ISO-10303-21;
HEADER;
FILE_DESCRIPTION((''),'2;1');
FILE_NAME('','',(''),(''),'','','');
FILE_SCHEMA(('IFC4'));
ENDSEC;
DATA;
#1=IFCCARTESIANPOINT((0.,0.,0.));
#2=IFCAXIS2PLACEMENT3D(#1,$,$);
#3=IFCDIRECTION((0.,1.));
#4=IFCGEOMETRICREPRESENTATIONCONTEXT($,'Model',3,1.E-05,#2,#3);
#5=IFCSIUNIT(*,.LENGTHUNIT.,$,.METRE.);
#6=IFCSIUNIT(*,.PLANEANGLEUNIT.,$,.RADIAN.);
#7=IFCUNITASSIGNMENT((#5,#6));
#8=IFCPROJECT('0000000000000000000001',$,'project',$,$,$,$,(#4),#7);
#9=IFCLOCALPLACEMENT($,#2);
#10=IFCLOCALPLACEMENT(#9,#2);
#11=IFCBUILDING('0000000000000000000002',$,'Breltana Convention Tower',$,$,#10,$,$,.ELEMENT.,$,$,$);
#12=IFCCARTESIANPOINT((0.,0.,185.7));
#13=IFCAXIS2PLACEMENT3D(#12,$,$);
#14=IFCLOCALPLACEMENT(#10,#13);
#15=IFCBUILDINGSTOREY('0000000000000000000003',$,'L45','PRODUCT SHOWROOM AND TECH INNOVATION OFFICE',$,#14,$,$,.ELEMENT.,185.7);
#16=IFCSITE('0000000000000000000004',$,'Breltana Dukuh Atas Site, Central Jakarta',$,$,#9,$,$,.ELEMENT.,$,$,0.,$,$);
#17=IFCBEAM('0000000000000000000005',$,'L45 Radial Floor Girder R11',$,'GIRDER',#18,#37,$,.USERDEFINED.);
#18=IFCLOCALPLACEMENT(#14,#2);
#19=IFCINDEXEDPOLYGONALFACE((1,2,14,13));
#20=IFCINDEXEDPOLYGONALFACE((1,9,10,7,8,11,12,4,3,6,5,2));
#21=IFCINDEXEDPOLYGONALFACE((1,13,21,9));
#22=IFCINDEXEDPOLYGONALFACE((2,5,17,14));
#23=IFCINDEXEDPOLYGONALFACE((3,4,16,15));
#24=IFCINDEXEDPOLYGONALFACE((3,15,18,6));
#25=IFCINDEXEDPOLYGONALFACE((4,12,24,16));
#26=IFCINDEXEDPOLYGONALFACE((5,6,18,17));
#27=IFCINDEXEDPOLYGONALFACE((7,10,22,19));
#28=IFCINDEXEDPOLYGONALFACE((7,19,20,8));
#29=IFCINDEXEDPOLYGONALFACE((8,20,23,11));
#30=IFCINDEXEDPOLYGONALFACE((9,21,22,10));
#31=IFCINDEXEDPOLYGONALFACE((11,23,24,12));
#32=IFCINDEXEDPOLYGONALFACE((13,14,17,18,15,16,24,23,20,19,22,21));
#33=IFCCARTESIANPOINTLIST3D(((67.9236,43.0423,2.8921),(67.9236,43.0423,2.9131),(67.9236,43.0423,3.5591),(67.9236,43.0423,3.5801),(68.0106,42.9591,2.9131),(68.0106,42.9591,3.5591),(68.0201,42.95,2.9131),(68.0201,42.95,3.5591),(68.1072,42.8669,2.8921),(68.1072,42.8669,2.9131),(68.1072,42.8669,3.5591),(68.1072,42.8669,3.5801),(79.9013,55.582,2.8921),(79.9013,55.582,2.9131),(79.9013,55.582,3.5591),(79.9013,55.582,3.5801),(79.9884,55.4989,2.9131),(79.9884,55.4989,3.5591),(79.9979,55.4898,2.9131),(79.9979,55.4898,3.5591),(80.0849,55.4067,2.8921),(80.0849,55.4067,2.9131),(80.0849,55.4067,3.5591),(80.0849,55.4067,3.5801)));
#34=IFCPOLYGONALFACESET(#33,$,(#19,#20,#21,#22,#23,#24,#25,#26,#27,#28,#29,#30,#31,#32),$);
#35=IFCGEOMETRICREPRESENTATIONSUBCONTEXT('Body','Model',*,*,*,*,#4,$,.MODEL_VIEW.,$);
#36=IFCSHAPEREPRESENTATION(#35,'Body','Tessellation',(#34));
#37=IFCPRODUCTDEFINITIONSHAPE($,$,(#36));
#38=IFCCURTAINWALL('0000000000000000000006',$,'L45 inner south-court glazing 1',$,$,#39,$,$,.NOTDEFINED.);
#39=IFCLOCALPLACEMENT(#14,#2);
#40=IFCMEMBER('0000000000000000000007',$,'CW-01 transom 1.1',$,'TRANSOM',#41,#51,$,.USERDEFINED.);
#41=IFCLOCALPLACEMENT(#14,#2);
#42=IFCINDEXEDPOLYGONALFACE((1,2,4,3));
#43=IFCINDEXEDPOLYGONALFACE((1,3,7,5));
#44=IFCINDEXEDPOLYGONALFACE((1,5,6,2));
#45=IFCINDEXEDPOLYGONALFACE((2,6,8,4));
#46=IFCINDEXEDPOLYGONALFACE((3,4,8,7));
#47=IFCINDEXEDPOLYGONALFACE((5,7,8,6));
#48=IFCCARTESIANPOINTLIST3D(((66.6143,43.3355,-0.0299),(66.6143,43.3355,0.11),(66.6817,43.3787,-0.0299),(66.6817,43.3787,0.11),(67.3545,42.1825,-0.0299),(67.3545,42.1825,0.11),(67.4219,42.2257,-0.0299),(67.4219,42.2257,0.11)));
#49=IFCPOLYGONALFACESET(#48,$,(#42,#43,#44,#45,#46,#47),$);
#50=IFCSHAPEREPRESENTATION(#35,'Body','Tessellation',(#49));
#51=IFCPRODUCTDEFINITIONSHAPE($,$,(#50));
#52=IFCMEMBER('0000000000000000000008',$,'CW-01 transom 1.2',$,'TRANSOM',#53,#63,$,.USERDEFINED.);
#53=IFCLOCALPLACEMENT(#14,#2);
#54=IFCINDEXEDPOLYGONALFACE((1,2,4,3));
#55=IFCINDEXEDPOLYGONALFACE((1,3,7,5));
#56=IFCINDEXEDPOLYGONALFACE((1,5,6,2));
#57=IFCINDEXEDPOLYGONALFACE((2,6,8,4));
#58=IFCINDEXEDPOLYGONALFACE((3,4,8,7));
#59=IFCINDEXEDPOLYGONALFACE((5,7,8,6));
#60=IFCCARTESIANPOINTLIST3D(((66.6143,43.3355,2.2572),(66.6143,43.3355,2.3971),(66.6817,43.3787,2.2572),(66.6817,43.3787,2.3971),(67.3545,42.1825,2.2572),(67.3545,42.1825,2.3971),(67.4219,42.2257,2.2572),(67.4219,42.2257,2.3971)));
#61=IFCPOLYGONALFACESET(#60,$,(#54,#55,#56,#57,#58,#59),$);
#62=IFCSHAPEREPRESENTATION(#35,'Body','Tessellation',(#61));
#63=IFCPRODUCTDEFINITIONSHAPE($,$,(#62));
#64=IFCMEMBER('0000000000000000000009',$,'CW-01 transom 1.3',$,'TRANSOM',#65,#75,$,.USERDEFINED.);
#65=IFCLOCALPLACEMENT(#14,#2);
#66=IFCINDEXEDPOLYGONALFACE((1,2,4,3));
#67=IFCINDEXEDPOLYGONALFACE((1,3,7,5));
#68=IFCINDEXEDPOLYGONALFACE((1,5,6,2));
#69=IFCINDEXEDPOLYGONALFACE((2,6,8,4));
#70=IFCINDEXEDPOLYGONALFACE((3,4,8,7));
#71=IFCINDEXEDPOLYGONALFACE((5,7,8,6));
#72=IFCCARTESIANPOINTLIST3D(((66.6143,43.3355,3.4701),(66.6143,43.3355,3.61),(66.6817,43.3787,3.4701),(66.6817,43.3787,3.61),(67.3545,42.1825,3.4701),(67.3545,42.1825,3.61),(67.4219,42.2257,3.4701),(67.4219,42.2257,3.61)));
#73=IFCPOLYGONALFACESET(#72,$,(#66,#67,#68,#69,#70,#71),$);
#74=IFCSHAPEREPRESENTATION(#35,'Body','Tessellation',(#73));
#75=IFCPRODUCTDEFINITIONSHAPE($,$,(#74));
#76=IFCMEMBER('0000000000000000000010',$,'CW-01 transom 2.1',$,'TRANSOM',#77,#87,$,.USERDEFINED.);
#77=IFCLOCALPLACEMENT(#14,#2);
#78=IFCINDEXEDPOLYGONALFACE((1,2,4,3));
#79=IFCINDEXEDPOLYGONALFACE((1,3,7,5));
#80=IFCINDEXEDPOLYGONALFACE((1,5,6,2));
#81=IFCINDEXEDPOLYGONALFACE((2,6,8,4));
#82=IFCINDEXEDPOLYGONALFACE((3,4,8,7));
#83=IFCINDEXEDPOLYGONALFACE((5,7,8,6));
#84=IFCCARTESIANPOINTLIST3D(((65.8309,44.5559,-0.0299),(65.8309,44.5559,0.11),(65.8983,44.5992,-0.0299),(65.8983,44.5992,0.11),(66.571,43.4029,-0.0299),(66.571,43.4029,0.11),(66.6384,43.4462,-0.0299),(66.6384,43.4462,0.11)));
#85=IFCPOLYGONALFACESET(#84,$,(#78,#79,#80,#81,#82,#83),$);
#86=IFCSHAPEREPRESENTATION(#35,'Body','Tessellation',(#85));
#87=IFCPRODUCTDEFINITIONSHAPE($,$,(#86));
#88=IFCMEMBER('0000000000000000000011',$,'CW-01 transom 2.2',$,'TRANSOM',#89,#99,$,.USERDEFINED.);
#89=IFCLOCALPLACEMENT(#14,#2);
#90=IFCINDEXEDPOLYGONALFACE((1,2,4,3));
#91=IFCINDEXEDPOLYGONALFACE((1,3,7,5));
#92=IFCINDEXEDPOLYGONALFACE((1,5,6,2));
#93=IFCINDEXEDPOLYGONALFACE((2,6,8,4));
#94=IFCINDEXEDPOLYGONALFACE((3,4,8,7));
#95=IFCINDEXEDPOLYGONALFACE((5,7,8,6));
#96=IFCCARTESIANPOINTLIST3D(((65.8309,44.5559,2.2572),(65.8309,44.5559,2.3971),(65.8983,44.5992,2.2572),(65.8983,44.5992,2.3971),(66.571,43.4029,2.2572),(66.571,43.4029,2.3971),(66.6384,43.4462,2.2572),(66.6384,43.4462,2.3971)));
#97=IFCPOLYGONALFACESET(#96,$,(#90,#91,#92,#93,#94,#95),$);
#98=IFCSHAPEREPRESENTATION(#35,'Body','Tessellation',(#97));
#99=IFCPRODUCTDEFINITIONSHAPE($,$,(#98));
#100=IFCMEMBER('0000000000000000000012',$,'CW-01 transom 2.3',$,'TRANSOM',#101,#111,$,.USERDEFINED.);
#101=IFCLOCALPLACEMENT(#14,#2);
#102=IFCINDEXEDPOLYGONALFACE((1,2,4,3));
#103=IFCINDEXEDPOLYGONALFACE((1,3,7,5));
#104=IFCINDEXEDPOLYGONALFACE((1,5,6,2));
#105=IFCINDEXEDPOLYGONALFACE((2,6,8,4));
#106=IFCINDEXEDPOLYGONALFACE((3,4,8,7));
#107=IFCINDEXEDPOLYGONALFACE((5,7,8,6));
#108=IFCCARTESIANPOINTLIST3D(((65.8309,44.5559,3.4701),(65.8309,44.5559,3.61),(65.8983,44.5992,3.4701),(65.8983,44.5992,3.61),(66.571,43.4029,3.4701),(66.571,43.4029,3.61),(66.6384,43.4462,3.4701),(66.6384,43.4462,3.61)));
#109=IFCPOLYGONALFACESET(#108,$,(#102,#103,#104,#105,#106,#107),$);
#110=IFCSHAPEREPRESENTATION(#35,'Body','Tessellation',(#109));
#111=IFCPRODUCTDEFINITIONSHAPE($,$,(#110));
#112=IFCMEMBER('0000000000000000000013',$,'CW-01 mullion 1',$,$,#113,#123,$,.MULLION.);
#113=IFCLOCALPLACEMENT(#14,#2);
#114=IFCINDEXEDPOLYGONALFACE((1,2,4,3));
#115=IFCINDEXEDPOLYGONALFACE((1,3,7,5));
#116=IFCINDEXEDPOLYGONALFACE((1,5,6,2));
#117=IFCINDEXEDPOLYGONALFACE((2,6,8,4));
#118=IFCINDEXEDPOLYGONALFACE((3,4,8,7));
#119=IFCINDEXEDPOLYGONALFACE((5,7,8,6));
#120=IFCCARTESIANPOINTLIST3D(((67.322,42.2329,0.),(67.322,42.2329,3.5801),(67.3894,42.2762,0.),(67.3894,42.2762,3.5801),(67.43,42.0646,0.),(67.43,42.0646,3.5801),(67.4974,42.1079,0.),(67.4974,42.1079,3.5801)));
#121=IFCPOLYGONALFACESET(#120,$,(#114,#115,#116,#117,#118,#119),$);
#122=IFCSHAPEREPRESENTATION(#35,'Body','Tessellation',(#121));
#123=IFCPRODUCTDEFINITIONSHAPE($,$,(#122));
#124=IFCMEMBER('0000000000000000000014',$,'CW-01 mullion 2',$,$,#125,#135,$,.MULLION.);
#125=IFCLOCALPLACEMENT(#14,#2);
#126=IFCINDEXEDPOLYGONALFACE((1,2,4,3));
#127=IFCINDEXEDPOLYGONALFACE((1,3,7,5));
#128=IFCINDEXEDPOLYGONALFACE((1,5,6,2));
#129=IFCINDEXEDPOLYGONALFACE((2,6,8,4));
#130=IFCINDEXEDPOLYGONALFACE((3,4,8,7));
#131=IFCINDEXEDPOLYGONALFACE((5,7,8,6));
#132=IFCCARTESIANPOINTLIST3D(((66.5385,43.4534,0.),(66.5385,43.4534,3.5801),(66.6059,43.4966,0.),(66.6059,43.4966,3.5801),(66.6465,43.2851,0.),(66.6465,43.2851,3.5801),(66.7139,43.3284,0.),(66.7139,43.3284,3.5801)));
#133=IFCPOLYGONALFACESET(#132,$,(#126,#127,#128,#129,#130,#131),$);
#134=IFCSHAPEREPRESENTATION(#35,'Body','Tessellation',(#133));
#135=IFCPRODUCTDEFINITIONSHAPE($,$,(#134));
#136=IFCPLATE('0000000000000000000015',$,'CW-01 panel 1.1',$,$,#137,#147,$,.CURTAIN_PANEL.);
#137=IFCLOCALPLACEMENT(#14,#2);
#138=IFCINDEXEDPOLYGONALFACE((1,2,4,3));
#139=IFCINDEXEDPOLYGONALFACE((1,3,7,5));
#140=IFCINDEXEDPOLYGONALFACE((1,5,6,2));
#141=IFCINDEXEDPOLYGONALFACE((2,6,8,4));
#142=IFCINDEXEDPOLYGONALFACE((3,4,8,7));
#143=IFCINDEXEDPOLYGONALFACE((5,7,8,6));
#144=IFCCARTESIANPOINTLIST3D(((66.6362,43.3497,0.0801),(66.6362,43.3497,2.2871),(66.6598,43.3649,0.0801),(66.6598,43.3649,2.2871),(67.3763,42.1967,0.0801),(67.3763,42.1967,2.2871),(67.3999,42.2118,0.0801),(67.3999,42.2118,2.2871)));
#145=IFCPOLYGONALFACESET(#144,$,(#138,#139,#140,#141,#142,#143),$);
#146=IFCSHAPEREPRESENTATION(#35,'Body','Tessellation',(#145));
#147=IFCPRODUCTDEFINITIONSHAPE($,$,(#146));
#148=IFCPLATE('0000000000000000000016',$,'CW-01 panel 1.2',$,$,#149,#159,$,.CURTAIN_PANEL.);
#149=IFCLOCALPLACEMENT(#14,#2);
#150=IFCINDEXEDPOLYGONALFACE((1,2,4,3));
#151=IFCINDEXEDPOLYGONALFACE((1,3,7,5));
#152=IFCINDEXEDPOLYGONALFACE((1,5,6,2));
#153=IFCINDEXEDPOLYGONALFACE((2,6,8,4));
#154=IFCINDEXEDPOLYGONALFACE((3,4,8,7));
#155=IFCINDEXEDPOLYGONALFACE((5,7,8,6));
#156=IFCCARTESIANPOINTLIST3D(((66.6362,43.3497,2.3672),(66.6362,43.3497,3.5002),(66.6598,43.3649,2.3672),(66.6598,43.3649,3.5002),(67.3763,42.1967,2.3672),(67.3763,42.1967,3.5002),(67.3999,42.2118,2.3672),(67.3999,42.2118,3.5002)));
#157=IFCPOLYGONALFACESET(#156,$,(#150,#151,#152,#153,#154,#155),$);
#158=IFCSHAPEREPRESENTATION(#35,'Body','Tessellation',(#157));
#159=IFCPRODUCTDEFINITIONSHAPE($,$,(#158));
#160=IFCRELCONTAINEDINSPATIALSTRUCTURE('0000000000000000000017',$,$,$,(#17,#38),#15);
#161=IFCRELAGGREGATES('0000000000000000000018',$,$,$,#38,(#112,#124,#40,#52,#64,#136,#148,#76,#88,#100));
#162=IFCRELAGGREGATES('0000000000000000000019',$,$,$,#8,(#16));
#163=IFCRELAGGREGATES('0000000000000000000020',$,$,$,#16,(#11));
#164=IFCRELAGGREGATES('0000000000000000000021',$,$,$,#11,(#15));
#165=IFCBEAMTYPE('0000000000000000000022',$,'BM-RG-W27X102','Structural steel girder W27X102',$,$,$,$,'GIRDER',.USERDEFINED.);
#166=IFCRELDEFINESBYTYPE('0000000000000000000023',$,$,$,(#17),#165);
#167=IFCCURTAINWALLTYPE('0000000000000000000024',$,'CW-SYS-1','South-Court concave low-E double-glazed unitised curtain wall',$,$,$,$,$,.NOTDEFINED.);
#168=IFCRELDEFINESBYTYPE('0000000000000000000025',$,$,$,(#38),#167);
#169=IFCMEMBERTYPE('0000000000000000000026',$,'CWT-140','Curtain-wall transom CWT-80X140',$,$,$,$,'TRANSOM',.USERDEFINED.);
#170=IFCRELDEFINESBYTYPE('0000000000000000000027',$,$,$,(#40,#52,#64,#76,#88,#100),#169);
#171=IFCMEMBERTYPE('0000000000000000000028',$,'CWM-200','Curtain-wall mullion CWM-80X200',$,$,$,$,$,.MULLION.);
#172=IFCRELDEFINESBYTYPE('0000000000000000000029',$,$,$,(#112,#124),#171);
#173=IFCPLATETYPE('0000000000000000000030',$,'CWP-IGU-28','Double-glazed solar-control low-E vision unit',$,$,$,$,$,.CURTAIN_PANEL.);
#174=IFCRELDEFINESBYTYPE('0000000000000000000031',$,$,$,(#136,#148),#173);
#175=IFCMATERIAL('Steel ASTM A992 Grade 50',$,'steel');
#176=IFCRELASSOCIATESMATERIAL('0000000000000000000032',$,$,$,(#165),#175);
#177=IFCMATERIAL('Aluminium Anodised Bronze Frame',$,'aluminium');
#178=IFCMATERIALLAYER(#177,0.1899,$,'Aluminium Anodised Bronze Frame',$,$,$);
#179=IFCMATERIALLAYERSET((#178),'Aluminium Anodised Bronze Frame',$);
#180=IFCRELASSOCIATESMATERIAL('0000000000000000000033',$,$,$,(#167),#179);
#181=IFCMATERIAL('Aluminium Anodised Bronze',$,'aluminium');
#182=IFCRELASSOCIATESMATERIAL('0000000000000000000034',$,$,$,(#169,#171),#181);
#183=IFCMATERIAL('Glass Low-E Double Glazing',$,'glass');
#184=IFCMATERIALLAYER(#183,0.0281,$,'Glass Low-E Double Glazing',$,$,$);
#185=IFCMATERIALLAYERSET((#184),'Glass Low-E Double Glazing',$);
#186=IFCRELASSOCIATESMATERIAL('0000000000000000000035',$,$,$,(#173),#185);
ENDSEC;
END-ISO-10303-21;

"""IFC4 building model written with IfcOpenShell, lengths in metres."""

from ifc_helpers import new_model, si_unit, direction, frame, origin, origin_2d, place, context, subcontext, project, spatial, rectangle, i_section, extrude, source, transform, mapped, material, layer, layer_set, material_profile, profile_set, type_object, type_shapes, element, aggregate, save


model = new_model("IFC4")

# Units and contexts
model_context = context("Model", 3, precision=1e-05, world=origin(), true_north=direction((0.0, 1.0)))
body_context = subcontext(model_context, "Body", "Model", "MODEL_VIEW")
ifc_project = project(units=[si_unit("LENGTHUNIT", "METRE"), si_unit("PLANEANGLEUNIT", "RADIAN")], contexts=[model_context])

# Site, building, storey
site_placement = place(None, origin())
site = spatial("IfcSite", under=ifc_project, at=site_placement, Name="Breltana Dukuh Atas Site, Central Jakarta", CompositionType="ELEMENT", RefElevation=0.0)
building_placement = place(site_placement, origin())
building = spatial("IfcBuilding", under=site, at=building_placement, Name="Breltana Convention Tower", CompositionType="ELEMENT")
storey_placement = place(building_placement, frame((0.0, 0.0, 185.7)))
storey = spatial("IfcBuildingStorey", under=building, at=storey_placement, Name="L45", Description="PRODUCT SHOWROOM AND TECH INNOVATION OFFICE", CompositionType="ELEMENT", Elevation=185.7)

# Beam
ifc_material_1 = material(Name="Steel ASTM A992 Grade 50", Category="steel")
ifc_material_profile_1 = material_profile(ifc_material_1, i_section(OverallWidth=0.2539, OverallDepth=0.688, WebThickness=0.0132, FlangeThickness=0.021, at=origin_2d()), Name="W27X102")
ifc_profile_set_1 = profile_set([ifc_material_profile_1], Name="Steel ASTM A992 Grade 50")
beam_type = type_object("IfcBeamType", Name="BM-RG-W27X102", Description="Structural steel girder W27X102", ElementType="GIRDER", PredefinedType="USERDEFINED", material=ifc_profile_set_1)
shared_shape_1 = source(origin(), body_context, "Body", "SweptSolid", [
    extrude(i_section(OverallWidth=0.2539, OverallDepth=0.688, WebThickness=0.0132, FlangeThickness=0.021, at=origin_2d()), origin(), (0.0, 0.0, 1.0), 17.3411),
])
type_shapes(beam_type, [shared_shape_1])
beam_placement = place(storey_placement, frame((68.0154, 42.9546, 3.2361), z_axis=(0.690716, 0.723126, 0.0), x_axis=(-0.723126, 0.690716, 0.0)))
element("IfcBeam", 1, at=beam_placement, inside=storey, type_object=beam_type, Name="L45 Radial Floor Girder R11", ObjectType="GIRDER", PredefinedType="USERDEFINED", context=body_context, shape_type="MappedRepresentation", body=[
    mapped(shared_shape_1, transform((0.0, 0.0, 0.0), scale=1.0)),
])

# Curtain wall, members, plates
ifc_material_2 = material(Name="Aluminium Anodised Bronze Frame", Category="aluminium")
ifc_layer_1 = layer(ifc_material_2, 0.1899, Name="Aluminium Anodised Bronze Frame")
ifc_layer_set_1 = layer_set([ifc_layer_1], Name="Aluminium Anodised Bronze Frame")
curtain_wall_type = type_object("IfcCurtainWallType", Name="CW-SYS-1", Description="South-Court concave low-E double-glazed unitised curtain wall", PredefinedType="NOTDEFINED", material=ifc_layer_set_1)
curtain_wall_placement = place(storey_placement, origin())
curtain_wall = element("IfcCurtainWall", 2, at=curtain_wall_placement, inside=storey, type_object=curtain_wall_type, Name="L45 inner south-court glazing 1", PredefinedType="NOTDEFINED")
ifc_material_3 = material(Name="Aluminium Anodised Bronze", Category="aluminium")
ifc_material_profile_2 = material_profile(ifc_material_3, rectangle(XDim=0.0801, YDim=0.1399, at=origin_2d()), Name="CWT-80X140")
ifc_profile_set_2 = profile_set([ifc_material_profile_2], Name="Aluminium Anodised Bronze")
member_type_1 = type_object("IfcMemberType", Name="CWT-140", Description="Curtain-wall transom CWT-80X140", ElementType="TRANSOM", PredefinedType="USERDEFINED", material=ifc_profile_set_2)
shared_shape_2 = source(origin(), body_context, "Body", "SweptSolid", [
    extrude(rectangle(XDim=0.0801, YDim=0.1399, at=origin_2d()), origin(), (0.0, 0.0, 1.0), 1.3701),
])
member_1_placement = place(storey_placement, frame((67.3882, 42.2041, 0.04), z_axis=(-0.540226, 0.84152, 0.0), x_axis=(-0.84152, -0.540226, 0.0)))
member_1 = element("IfcMember", 3, at=member_1_placement, type_object=member_type_1, Name="CW-01 transom 1.1", ObjectType="TRANSOM", PredefinedType="USERDEFINED", context=body_context, shape_type="MappedRepresentation", body=[
    mapped(shared_shape_2, transform((0.0, 0.0, 0.0), scale=1.0)),
])
member_2_placement = place(storey_placement, frame((67.3882, 42.2041, 2.3271), z_axis=(-0.540226, 0.84152, 0.0), x_axis=(-0.84152, -0.540226, 0.0)))
member_2 = element("IfcMember", 4, at=member_2_placement, type_object=member_type_1, Name="CW-01 transom 1.2", ObjectType="TRANSOM", PredefinedType="USERDEFINED", context=body_context, shape_type="MappedRepresentation", body=[
    mapped(shared_shape_2, transform((0.0, 0.0, 0.0), scale=1.0)),
])
member_3_placement = place(storey_placement, frame((67.3882, 42.2041, 3.54), z_axis=(-0.540226, 0.84152, 0.0), x_axis=(-0.84152, -0.540226, 0.0)))
member_3 = element("IfcMember", 5, at=member_3_placement, type_object=member_type_1, Name="CW-01 transom 1.3", ObjectType="TRANSOM", PredefinedType="USERDEFINED", context=body_context, shape_type="MappedRepresentation", body=[
    mapped(shared_shape_2, transform((0.0, 0.0, 0.0), scale=1.0)),
])
member_4_placement = place(storey_placement, frame((66.6047, 43.4246, 0.04), z_axis=(-0.540226, 0.84152, 0.0), x_axis=(-0.84152, -0.540226, 0.0)))
member_4 = element("IfcMember", 6, at=member_4_placement, type_object=member_type_1, Name="CW-01 transom 2.1", ObjectType="TRANSOM", PredefinedType="USERDEFINED", context=body_context, shape_type="MappedRepresentation", body=[
    mapped(shared_shape_2, transform((0.0, 0.0, 0.0), scale=1.0)),
])
member_5_placement = place(storey_placement, frame((66.6047, 43.4246, 2.3271), z_axis=(-0.540226, 0.84152, 0.0), x_axis=(-0.84152, -0.540226, 0.0)))
member_5 = element("IfcMember", 7, at=member_5_placement, type_object=member_type_1, Name="CW-01 transom 2.2", ObjectType="TRANSOM", PredefinedType="USERDEFINED", context=body_context, shape_type="MappedRepresentation", body=[
    mapped(shared_shape_2, transform((0.0, 0.0, 0.0), scale=1.0)),
])
member_6_placement = place(storey_placement, frame((66.6047, 43.4246, 3.54), z_axis=(-0.540226, 0.84152, 0.0), x_axis=(-0.84152, -0.540226, 0.0)))
member_6 = element("IfcMember", 8, at=member_6_placement, type_object=member_type_1, Name="CW-01 transom 2.3", ObjectType="TRANSOM", PredefinedType="USERDEFINED", context=body_context, shape_type="MappedRepresentation", body=[
    mapped(shared_shape_2, transform((0.0, 0.0, 0.0), scale=1.0)),
])
ifc_material_profile_3 = material_profile(ifc_material_3, rectangle(XDim=0.0801, YDim=0.2, at=origin_2d()), Name="CWM-80X200")
ifc_profile_set_3 = profile_set([ifc_material_profile_3], Name="Aluminium Anodised Bronze")
member_type_2 = type_object("IfcMemberType", Name="CWM-200", Description="Curtain-wall mullion CWM-80X200", PredefinedType="MULLION", material=ifc_profile_set_3)
shared_shape_3 = source(origin(), body_context, "Body", "SweptSolid", [
    extrude(rectangle(XDim=0.0801, YDim=0.2, at=origin_2d()), origin(), (0.0, 0.0, 1.0), 3.5801),
])
member_7_placement = place(storey_placement, frame((67.4097, 42.1704, 0.0), z_axis=(0.0, 0.0, 1.0), x_axis=(-0.841547, -0.540184, 0.0)))
member_7 = element("IfcMember", 9, at=member_7_placement, type_object=member_type_2, Name="CW-01 mullion 1", PredefinedType="MULLION", context=body_context, shape_type="MappedRepresentation", body=[
    mapped(shared_shape_3, transform((0.0, 0.0, 0.0), scale=1.0)),
])
member_8_placement = place(storey_placement, frame((66.6262, 43.3909, 0.0), z_axis=(0.0, 0.0, 1.0), x_axis=(-0.841547, -0.540184, 0.0)))
member_8 = element("IfcMember", 10, at=member_8_placement, type_object=member_type_2, Name="CW-01 mullion 2", PredefinedType="MULLION", context=body_context, shape_type="MappedRepresentation", body=[
    mapped(shared_shape_3, transform((0.0, 0.0, 0.0), scale=1.0)),
])
ifc_material_4 = material(Name="Glass Low-E Double Glazing", Category="glass")
ifc_layer_2 = layer(ifc_material_4, 0.0281, Name="Glass Low-E Double Glazing")
ifc_layer_set_2 = layer_set([ifc_layer_2], Name="Glass Low-E Double Glazing")
plate_type = type_object("IfcPlateType", Name="CWP-IGU-28", Description="Double-glazed solar-control low-E vision unit", PredefinedType="CURTAIN_PANEL", material=ifc_layer_set_2)
shared_shape_4 = source(origin(), body_context, "Body", "SweptSolid", [
    extrude(rectangle(XDim=1.3701, YDim=0.0281, at=origin_2d()), origin(), (0.0, 0.0, 1.0), 2.207),
])
plate_1_placement = place(storey_placement, frame((67.0181, 42.7808, 0.0801), z_axis=(0.0, 0.0, 1.0), x_axis=(-0.540184, 0.841547, 0.0)))
plate_1 = element("IfcPlate", 11, at=plate_1_placement, type_object=plate_type, Name="CW-01 panel 1.1", PredefinedType="CURTAIN_PANEL", context=body_context, shape_type="MappedRepresentation", body=[
    mapped(shared_shape_4, transform((0.0, 0.0, 0.0), scale=1.0)),
])
shared_shape_5 = source(origin(), body_context, "Body", "SweptSolid", [
    extrude(rectangle(XDim=1.3701, YDim=0.0281, at=origin_2d()), origin(), (0.0, 0.0, 1.0), 1.1331),
])
plate_2_placement = place(storey_placement, frame((67.0181, 42.7808, 2.3672), z_axis=(0.0, 0.0, 1.0), x_axis=(-0.540184, 0.841547, 0.0)))
plate_2 = element("IfcPlate", 12, at=plate_2_placement, type_object=plate_type, Name="CW-01 panel 1.2", PredefinedType="CURTAIN_PANEL", context=body_context, shape_type="MappedRepresentation", body=[
    mapped(shared_shape_5, transform((0.0, 0.0, 0.0), scale=1.0)),
])
aggregate(curtain_wall, [member_7, member_8, member_1, member_2, member_3, plate_1, plate_2, member_4, member_5, member_6])

save(model, "model.ifc")
